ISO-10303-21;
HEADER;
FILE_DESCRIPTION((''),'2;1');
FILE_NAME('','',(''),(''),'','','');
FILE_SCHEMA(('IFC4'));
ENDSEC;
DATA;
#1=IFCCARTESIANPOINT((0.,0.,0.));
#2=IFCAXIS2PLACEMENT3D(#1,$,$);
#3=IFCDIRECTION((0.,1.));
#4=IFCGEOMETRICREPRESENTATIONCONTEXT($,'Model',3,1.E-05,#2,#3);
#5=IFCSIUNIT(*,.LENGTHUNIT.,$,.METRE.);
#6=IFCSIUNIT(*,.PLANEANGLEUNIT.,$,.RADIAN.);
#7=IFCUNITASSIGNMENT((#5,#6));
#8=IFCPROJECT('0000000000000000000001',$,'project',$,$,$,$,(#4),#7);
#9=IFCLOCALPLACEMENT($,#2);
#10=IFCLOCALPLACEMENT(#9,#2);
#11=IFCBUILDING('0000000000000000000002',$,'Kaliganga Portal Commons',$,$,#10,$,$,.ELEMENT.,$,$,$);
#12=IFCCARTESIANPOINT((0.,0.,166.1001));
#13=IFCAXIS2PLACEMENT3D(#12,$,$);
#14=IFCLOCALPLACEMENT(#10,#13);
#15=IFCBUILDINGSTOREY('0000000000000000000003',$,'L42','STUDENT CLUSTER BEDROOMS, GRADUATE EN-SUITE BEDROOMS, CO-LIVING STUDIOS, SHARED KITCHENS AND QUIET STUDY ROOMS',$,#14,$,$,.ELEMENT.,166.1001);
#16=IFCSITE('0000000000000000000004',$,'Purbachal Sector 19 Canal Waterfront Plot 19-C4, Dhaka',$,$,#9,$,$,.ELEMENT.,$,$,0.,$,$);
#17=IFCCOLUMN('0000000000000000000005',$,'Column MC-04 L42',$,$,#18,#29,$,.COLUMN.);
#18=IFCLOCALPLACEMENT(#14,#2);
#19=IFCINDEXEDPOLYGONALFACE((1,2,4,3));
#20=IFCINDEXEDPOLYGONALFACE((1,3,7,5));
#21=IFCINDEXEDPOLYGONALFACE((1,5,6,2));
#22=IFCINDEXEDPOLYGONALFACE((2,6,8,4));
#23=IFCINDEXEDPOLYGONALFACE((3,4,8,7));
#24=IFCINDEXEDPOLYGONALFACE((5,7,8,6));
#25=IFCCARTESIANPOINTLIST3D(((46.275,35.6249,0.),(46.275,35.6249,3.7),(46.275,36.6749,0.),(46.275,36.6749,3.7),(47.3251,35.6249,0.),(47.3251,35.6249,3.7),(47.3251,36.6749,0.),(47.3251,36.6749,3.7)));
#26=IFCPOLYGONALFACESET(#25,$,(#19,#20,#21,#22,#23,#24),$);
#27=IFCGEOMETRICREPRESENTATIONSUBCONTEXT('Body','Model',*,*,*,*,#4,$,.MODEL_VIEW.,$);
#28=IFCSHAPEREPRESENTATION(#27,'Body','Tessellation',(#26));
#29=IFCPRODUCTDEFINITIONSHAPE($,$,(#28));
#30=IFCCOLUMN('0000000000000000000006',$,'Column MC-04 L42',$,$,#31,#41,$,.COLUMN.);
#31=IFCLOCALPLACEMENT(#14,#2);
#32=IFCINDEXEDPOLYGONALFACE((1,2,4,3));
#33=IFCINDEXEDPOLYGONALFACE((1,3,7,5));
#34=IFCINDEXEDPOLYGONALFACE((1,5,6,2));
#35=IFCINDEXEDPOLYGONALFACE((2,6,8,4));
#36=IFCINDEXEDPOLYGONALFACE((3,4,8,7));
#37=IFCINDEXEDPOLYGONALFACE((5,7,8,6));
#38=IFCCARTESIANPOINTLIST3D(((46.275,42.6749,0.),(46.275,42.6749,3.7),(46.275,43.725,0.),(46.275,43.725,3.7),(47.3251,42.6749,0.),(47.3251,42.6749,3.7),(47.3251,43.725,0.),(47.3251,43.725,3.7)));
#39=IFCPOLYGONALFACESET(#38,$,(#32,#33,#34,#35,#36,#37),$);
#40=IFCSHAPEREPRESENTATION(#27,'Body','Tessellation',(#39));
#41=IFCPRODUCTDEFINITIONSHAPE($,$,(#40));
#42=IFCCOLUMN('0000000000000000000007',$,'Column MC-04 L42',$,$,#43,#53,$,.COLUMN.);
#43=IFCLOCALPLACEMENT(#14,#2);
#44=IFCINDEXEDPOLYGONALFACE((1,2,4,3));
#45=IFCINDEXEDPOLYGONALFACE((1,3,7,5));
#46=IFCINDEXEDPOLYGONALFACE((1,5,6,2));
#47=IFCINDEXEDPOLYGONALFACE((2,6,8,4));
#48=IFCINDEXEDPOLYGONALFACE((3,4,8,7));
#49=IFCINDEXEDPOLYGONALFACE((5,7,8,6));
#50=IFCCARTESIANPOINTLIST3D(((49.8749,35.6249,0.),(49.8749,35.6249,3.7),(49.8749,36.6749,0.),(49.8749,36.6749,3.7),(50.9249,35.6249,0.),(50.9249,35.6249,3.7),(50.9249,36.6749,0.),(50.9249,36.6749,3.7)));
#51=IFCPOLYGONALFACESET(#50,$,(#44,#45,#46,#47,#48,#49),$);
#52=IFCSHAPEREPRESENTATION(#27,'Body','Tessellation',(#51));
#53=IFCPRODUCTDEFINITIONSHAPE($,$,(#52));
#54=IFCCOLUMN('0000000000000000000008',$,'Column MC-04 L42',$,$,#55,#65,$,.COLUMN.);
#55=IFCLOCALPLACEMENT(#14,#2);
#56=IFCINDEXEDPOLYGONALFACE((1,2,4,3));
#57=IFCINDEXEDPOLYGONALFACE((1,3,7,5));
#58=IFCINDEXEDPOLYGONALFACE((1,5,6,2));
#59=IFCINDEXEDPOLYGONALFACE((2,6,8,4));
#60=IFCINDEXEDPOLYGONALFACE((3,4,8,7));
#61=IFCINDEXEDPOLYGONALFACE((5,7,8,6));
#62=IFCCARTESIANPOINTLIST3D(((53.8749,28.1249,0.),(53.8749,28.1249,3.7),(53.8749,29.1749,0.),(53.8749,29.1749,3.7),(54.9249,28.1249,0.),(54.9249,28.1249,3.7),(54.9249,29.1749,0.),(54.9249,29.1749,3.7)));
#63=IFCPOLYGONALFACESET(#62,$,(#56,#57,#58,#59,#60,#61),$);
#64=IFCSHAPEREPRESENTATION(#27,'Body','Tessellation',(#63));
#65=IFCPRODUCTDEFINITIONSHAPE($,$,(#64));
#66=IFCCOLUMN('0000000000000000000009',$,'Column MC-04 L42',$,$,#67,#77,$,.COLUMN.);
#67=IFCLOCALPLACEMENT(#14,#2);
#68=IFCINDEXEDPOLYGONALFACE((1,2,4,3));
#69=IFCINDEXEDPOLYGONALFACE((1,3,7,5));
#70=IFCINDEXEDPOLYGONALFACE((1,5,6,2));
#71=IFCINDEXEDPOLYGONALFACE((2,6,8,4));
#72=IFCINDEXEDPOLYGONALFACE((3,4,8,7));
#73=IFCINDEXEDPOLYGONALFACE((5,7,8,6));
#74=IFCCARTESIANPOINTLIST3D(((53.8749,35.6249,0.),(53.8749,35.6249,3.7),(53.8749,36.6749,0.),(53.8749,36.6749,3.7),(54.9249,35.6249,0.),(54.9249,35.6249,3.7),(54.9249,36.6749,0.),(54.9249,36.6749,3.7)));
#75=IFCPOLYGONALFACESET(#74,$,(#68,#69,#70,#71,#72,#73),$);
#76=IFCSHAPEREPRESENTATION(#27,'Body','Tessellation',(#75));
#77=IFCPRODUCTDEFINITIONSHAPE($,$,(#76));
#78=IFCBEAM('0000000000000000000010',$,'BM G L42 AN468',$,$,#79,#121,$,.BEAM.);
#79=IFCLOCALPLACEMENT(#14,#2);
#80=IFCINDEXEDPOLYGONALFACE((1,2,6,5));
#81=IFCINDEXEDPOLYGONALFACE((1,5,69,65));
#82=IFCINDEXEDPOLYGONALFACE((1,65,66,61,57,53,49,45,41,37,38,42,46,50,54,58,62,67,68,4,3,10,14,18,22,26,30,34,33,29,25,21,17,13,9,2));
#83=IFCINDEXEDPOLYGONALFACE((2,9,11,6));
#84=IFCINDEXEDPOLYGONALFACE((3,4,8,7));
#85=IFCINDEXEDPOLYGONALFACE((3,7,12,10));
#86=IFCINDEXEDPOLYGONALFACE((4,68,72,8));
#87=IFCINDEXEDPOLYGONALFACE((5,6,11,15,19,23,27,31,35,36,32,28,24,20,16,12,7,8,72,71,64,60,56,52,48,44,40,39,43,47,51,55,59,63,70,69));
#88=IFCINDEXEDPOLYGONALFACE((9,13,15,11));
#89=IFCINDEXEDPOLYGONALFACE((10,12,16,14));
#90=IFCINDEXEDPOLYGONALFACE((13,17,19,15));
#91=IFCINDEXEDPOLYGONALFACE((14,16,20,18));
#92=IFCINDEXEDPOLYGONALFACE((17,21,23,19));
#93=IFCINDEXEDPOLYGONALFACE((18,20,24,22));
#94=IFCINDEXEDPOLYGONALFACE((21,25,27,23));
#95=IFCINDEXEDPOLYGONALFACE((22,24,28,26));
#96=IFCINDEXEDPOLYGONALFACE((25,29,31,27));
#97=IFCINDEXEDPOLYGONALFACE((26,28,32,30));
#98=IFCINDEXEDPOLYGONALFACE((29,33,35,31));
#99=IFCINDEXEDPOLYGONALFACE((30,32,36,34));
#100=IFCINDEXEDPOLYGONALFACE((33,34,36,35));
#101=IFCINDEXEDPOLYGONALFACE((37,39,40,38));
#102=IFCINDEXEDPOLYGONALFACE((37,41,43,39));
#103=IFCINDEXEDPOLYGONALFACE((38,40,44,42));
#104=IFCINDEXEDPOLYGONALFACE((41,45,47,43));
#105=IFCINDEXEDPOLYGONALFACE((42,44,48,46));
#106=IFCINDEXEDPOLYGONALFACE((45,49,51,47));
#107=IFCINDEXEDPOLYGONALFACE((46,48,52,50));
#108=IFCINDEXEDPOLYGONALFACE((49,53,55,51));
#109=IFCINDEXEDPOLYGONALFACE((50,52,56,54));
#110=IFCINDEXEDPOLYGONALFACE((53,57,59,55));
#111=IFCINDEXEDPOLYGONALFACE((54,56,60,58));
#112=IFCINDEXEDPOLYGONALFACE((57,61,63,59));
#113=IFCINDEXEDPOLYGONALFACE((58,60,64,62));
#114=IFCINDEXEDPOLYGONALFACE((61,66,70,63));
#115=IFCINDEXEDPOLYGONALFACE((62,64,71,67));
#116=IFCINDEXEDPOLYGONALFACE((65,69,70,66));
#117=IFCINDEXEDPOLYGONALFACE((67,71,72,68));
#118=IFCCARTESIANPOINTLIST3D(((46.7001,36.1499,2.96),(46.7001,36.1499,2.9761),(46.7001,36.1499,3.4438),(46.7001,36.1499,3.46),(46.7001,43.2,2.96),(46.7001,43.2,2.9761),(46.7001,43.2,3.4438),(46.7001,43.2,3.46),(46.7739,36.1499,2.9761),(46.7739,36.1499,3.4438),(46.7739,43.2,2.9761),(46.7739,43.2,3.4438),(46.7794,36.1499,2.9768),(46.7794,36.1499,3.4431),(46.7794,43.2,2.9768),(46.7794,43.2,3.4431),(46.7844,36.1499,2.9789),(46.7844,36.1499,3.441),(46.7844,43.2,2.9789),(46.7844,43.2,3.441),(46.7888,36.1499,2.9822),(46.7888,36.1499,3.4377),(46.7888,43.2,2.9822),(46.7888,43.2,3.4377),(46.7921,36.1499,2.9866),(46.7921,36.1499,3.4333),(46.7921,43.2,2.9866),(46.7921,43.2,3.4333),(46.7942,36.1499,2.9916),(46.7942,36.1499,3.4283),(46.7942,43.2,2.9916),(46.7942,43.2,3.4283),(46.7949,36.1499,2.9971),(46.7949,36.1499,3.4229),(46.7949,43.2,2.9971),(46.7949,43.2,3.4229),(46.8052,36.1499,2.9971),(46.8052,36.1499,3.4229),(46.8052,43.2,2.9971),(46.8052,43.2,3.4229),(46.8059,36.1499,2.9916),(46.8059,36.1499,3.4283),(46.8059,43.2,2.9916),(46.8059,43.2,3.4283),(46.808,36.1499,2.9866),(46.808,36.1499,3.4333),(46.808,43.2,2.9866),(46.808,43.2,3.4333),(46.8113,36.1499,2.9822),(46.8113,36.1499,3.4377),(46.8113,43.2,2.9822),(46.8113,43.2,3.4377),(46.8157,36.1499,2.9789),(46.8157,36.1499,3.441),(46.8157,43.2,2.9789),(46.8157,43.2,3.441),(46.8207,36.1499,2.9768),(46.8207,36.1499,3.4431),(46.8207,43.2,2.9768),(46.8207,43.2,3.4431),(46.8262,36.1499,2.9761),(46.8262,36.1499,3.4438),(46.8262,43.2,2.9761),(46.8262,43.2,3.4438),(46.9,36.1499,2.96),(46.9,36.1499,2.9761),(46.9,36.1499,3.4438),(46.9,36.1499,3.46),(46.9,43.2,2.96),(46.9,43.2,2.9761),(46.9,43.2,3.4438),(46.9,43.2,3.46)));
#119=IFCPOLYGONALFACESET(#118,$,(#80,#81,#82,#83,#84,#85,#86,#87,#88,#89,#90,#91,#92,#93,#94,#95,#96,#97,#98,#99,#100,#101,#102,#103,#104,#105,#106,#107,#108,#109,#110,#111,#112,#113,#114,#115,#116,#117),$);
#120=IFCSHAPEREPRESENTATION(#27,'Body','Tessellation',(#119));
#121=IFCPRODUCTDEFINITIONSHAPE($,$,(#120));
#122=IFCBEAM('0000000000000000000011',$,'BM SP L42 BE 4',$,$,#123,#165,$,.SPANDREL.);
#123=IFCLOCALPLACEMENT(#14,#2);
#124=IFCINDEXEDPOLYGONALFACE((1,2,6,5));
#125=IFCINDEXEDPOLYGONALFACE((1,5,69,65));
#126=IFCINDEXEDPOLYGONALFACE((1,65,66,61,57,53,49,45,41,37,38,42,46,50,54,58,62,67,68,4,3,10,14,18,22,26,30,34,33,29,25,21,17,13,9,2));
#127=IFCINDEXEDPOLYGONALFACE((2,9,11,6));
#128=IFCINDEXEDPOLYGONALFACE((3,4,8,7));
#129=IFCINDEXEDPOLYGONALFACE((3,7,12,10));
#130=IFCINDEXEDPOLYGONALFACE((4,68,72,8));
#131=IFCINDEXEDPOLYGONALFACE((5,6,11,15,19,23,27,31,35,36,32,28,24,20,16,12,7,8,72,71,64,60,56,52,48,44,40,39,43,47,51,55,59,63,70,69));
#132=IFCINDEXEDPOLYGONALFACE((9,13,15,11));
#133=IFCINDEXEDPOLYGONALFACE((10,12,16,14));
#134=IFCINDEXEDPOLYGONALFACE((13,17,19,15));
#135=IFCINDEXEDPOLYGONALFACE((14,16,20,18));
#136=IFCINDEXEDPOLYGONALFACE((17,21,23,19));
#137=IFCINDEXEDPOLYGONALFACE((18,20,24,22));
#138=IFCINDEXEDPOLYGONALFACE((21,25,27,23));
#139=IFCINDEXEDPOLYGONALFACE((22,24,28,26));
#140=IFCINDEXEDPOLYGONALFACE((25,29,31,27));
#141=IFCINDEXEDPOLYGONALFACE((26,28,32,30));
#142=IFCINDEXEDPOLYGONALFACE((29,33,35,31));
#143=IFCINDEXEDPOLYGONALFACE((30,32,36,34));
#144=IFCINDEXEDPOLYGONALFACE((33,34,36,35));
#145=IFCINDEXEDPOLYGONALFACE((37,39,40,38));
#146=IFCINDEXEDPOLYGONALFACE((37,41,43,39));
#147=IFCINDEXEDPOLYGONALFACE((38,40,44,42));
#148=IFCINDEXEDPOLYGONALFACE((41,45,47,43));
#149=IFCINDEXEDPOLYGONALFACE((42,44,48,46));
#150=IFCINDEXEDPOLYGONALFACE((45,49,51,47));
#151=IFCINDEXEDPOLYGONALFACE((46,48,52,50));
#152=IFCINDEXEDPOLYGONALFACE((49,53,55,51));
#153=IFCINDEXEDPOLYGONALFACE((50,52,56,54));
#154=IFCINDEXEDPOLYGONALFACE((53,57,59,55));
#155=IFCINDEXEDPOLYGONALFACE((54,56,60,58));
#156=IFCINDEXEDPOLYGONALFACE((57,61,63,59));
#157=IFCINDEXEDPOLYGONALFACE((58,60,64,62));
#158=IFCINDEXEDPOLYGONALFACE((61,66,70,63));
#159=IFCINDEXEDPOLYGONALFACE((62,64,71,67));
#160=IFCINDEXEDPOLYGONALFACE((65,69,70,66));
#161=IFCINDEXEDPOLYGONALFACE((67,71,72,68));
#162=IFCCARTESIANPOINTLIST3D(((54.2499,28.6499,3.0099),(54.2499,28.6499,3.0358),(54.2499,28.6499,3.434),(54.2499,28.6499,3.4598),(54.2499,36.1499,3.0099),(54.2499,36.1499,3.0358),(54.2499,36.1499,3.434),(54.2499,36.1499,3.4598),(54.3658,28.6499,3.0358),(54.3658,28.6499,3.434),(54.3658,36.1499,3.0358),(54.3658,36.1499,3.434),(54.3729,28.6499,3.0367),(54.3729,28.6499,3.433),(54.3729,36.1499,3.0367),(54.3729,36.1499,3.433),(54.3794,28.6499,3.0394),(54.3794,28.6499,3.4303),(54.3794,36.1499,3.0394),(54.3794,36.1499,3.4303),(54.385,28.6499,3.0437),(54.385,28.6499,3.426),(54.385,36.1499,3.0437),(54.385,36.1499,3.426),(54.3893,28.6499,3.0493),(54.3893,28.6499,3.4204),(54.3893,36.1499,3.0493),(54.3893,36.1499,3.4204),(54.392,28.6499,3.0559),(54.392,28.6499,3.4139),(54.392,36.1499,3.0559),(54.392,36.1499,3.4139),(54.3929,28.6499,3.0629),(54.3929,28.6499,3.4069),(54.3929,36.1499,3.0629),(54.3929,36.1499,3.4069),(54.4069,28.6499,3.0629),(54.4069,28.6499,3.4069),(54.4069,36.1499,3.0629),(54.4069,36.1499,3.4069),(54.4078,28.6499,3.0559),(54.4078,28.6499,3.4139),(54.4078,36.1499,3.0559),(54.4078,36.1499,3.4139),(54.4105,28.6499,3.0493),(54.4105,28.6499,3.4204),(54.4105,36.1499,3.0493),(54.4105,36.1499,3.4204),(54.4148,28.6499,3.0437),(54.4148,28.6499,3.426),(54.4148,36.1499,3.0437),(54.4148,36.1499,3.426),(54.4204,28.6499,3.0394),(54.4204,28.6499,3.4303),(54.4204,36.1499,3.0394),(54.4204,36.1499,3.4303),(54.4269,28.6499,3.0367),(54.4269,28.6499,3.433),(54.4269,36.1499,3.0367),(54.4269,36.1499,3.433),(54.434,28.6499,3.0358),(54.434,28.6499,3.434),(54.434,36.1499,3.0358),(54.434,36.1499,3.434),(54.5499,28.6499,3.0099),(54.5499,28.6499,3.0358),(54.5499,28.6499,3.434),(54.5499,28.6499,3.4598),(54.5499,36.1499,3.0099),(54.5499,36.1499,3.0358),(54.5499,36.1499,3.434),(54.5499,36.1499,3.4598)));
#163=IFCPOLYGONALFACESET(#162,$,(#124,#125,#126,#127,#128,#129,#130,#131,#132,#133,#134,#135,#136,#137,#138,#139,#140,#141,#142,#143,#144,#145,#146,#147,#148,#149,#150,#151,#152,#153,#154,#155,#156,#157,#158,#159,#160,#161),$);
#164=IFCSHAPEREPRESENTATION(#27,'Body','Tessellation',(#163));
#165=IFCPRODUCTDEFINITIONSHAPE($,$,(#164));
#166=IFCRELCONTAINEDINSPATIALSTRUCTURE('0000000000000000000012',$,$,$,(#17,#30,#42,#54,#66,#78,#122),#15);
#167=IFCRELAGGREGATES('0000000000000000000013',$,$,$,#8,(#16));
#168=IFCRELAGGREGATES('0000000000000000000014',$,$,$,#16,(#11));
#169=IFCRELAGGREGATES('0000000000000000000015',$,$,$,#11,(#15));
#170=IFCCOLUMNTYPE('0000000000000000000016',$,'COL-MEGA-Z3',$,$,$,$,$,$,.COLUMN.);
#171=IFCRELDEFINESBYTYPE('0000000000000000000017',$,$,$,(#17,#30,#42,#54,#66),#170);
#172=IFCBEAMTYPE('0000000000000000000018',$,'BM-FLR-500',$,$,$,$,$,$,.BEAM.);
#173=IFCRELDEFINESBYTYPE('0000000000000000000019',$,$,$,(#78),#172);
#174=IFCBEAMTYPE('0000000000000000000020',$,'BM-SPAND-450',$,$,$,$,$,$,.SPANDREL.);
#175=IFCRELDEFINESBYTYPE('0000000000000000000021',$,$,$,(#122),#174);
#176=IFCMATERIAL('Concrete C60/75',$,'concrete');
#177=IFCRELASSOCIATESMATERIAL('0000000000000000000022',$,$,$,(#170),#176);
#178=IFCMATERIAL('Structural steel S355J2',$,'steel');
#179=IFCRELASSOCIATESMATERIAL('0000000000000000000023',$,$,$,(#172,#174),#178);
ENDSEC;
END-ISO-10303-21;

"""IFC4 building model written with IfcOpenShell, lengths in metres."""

from ifc_helpers import new_model, si_unit, direction, frame, origin, origin_2d, place, context, subcontext, project, spatial, rectangle, i_section, extrude, source, transform, mapped, material, material_profile, profile_set, type_object, element, save


model = new_model("IFC4")

# Units and contexts
model_context = context("Model", 3, precision=1e-05, world=origin(), true_north=direction((0.0, 1.0)))
body_context = subcontext(model_context, "Body", "Model", "MODEL_VIEW")
ifc_project = project(units=[si_unit("LENGTHUNIT", "METRE"), si_unit("PLANEANGLEUNIT", "RADIAN")], contexts=[model_context])

# Site, building, storey
site_placement = place(None, origin())
site = spatial("IfcSite", under=ifc_project, at=site_placement, Name="Purbachal Sector 19 Canal Waterfront Plot 19-C4, Dhaka", CompositionType="ELEMENT", RefElevation=0.0)
building_placement = place(site_placement, origin())
building = spatial("IfcBuilding", under=site, at=building_placement, Name="Kaliganga Portal Commons", CompositionType="ELEMENT")
storey_placement = place(building_placement, frame((0.0, 0.0, 166.1001)))
storey = spatial("IfcBuildingStorey", under=building, at=storey_placement, Name="L42", Description="STUDENT CLUSTER BEDROOMS, GRADUATE EN-SUITE BEDROOMS, CO-LIVING STUDIOS, SHARED KITCHENS AND QUIET STUDY ROOMS", CompositionType="ELEMENT", Elevation=166.1001)

# Columns
ifc_material_1 = material(Name="Concrete C60/75", Category="concrete")
ifc_material_profile_1 = material_profile(ifc_material_1, rectangle(XDim=1.05, YDim=1.05, at=origin_2d()), Name="RC 1050x1050")
ifc_profile_set_1 = profile_set([ifc_material_profile_1], Name="Concrete C60/75")
column_type = type_object("IfcColumnType", Name="COL-MEGA-Z3", PredefinedType="COLUMN", material=ifc_profile_set_1)
shared_shape_1 = source(origin(), body_context, "Body", "SweptSolid", [
    extrude(rectangle(XDim=1.05, YDim=1.05, at=origin_2d()), origin(), (0.0, 0.0, 1.0), 3.7),
])
for number, where, z_axis, x_axis, name in (
    (1, (46.8, 36.1499, 0.0), (0.0, 0.0, 1.0), (1.0, 0.0, 0.0), "Column MC-04 L42"),
    (2, (46.8, 43.2, 0.0), (0.0, 0.0, 1.0), (1.0, 0.0, 0.0), "Column MC-04 L42"),
    (3, (50.3999, 36.1499, 0.0), (0.0, 0.0, 1.0), (1.0, 0.0, 0.0), "Column MC-04 L42"),
    (4, (54.3999, 28.6499, 0.0), (0.0, 0.0, 1.0), (1.0, 0.0, 0.0), "Column MC-04 L42"),
    (5, (54.3999, 36.1499, 0.0), (0.0, 0.0, 1.0), (1.0, 0.0, 0.0), "Column MC-04 L42"),
):
    element("IfcColumn", number, at=place(storey_placement, frame(where, z_axis=z_axis, x_axis=x_axis)), inside=storey, type_object=column_type, Name=name, PredefinedType="COLUMN", context=body_context, shape_type="MappedRepresentation", body=[
        mapped(shared_shape_1, transform((0.0, 0.0, 0.0), x_axis=(1.0, 0.0, 0.0), y_axis=(0.0, 1.0, 0.0), z_axis=(0.0, 0.0, 1.0), scale=1.0)),
    ])

# Beams
ifc_material_2 = material(Name="Structural steel S355J2", Category="steel")
ifc_material_profile_2 = material_profile(ifc_material_2, i_section(OverallWidth=0.2, OverallDepth=0.5, WebThickness=0.0103, FlangeThickness=0.0161, FilletRadius=0.021, at=origin_2d()), Name="IPE 500")
ifc_profile_set_2 = profile_set([ifc_material_profile_2], Name="Structural steel S355J2 wide-flange")
beam_type_1 = type_object("IfcBeamType", Name="BM-FLR-500", PredefinedType="BEAM", material=ifc_profile_set_2)
shared_shape_2 = source(origin(), body_context, "Body", "SweptSolid", [
    extrude(i_section(OverallWidth=0.2, OverallDepth=0.5, WebThickness=0.0103, FlangeThickness=0.0161, FilletRadius=0.021, at=origin_2d()), origin(), (0.0, 0.0, 1.0), 7.05),
])
beam_1_placement = place(storey_placement, frame((46.8, 36.1499, 3.21), z_axis=(0.0, 1.0, 0.0), x_axis=(-1.0, 0.0, 0.0)))
element("IfcBeam", 6, at=beam_1_placement, inside=storey, type_object=beam_type_1, Name="BM G L42 AN468", PredefinedType="BEAM", context=body_context, shape_type="MappedRepresentation", body=[
    mapped(shared_shape_2, transform((0.0, 0.0, 0.0), x_axis=(1.0, 0.0, 0.0), y_axis=(0.0, 1.0, 0.0), z_axis=(0.0, 0.0, 1.0), scale=1.0)),
])
ifc_material_profile_3 = material_profile(ifc_material_2, i_section(OverallWidth=0.3, OverallDepth=0.45, WebThickness=0.0139, FlangeThickness=0.0259, FilletRadius=0.0271, at=origin_2d()), Name="HE 450 B")
ifc_profile_set_3 = profile_set([ifc_material_profile_3], Name="Structural steel S355J2 wide-flange")
beam_type_2 = type_object("IfcBeamType", Name="BM-SPAND-450", PredefinedType="SPANDREL", material=ifc_profile_set_3)
shared_shape_3 = source(origin(), body_context, "Body", "SweptSolid", [
    extrude(i_section(OverallWidth=0.3, OverallDepth=0.45, WebThickness=0.0139, FlangeThickness=0.0259, FilletRadius=0.0271, at=origin_2d()), origin(), (0.0, 0.0, 1.0), 7.5),
])
beam_2_placement = place(storey_placement, frame((54.3999, 28.6499, 3.2349), z_axis=(0.0, 1.0, 0.0), x_axis=(-1.0, 0.0, 0.0)))
element("IfcBeam", 7, at=beam_2_placement, inside=storey, type_object=beam_type_2, Name="BM SP L42 BE 4", PredefinedType="SPANDREL", context=body_context, shape_type="MappedRepresentation", body=[
    mapped(shared_shape_3, transform((0.0, 0.0, 0.0), x_axis=(1.0, 0.0, 0.0), y_axis=(0.0, 1.0, 0.0), z_axis=(0.0, 0.0, 1.0), scale=1.0)),
])

save(model, "model.ifc")
